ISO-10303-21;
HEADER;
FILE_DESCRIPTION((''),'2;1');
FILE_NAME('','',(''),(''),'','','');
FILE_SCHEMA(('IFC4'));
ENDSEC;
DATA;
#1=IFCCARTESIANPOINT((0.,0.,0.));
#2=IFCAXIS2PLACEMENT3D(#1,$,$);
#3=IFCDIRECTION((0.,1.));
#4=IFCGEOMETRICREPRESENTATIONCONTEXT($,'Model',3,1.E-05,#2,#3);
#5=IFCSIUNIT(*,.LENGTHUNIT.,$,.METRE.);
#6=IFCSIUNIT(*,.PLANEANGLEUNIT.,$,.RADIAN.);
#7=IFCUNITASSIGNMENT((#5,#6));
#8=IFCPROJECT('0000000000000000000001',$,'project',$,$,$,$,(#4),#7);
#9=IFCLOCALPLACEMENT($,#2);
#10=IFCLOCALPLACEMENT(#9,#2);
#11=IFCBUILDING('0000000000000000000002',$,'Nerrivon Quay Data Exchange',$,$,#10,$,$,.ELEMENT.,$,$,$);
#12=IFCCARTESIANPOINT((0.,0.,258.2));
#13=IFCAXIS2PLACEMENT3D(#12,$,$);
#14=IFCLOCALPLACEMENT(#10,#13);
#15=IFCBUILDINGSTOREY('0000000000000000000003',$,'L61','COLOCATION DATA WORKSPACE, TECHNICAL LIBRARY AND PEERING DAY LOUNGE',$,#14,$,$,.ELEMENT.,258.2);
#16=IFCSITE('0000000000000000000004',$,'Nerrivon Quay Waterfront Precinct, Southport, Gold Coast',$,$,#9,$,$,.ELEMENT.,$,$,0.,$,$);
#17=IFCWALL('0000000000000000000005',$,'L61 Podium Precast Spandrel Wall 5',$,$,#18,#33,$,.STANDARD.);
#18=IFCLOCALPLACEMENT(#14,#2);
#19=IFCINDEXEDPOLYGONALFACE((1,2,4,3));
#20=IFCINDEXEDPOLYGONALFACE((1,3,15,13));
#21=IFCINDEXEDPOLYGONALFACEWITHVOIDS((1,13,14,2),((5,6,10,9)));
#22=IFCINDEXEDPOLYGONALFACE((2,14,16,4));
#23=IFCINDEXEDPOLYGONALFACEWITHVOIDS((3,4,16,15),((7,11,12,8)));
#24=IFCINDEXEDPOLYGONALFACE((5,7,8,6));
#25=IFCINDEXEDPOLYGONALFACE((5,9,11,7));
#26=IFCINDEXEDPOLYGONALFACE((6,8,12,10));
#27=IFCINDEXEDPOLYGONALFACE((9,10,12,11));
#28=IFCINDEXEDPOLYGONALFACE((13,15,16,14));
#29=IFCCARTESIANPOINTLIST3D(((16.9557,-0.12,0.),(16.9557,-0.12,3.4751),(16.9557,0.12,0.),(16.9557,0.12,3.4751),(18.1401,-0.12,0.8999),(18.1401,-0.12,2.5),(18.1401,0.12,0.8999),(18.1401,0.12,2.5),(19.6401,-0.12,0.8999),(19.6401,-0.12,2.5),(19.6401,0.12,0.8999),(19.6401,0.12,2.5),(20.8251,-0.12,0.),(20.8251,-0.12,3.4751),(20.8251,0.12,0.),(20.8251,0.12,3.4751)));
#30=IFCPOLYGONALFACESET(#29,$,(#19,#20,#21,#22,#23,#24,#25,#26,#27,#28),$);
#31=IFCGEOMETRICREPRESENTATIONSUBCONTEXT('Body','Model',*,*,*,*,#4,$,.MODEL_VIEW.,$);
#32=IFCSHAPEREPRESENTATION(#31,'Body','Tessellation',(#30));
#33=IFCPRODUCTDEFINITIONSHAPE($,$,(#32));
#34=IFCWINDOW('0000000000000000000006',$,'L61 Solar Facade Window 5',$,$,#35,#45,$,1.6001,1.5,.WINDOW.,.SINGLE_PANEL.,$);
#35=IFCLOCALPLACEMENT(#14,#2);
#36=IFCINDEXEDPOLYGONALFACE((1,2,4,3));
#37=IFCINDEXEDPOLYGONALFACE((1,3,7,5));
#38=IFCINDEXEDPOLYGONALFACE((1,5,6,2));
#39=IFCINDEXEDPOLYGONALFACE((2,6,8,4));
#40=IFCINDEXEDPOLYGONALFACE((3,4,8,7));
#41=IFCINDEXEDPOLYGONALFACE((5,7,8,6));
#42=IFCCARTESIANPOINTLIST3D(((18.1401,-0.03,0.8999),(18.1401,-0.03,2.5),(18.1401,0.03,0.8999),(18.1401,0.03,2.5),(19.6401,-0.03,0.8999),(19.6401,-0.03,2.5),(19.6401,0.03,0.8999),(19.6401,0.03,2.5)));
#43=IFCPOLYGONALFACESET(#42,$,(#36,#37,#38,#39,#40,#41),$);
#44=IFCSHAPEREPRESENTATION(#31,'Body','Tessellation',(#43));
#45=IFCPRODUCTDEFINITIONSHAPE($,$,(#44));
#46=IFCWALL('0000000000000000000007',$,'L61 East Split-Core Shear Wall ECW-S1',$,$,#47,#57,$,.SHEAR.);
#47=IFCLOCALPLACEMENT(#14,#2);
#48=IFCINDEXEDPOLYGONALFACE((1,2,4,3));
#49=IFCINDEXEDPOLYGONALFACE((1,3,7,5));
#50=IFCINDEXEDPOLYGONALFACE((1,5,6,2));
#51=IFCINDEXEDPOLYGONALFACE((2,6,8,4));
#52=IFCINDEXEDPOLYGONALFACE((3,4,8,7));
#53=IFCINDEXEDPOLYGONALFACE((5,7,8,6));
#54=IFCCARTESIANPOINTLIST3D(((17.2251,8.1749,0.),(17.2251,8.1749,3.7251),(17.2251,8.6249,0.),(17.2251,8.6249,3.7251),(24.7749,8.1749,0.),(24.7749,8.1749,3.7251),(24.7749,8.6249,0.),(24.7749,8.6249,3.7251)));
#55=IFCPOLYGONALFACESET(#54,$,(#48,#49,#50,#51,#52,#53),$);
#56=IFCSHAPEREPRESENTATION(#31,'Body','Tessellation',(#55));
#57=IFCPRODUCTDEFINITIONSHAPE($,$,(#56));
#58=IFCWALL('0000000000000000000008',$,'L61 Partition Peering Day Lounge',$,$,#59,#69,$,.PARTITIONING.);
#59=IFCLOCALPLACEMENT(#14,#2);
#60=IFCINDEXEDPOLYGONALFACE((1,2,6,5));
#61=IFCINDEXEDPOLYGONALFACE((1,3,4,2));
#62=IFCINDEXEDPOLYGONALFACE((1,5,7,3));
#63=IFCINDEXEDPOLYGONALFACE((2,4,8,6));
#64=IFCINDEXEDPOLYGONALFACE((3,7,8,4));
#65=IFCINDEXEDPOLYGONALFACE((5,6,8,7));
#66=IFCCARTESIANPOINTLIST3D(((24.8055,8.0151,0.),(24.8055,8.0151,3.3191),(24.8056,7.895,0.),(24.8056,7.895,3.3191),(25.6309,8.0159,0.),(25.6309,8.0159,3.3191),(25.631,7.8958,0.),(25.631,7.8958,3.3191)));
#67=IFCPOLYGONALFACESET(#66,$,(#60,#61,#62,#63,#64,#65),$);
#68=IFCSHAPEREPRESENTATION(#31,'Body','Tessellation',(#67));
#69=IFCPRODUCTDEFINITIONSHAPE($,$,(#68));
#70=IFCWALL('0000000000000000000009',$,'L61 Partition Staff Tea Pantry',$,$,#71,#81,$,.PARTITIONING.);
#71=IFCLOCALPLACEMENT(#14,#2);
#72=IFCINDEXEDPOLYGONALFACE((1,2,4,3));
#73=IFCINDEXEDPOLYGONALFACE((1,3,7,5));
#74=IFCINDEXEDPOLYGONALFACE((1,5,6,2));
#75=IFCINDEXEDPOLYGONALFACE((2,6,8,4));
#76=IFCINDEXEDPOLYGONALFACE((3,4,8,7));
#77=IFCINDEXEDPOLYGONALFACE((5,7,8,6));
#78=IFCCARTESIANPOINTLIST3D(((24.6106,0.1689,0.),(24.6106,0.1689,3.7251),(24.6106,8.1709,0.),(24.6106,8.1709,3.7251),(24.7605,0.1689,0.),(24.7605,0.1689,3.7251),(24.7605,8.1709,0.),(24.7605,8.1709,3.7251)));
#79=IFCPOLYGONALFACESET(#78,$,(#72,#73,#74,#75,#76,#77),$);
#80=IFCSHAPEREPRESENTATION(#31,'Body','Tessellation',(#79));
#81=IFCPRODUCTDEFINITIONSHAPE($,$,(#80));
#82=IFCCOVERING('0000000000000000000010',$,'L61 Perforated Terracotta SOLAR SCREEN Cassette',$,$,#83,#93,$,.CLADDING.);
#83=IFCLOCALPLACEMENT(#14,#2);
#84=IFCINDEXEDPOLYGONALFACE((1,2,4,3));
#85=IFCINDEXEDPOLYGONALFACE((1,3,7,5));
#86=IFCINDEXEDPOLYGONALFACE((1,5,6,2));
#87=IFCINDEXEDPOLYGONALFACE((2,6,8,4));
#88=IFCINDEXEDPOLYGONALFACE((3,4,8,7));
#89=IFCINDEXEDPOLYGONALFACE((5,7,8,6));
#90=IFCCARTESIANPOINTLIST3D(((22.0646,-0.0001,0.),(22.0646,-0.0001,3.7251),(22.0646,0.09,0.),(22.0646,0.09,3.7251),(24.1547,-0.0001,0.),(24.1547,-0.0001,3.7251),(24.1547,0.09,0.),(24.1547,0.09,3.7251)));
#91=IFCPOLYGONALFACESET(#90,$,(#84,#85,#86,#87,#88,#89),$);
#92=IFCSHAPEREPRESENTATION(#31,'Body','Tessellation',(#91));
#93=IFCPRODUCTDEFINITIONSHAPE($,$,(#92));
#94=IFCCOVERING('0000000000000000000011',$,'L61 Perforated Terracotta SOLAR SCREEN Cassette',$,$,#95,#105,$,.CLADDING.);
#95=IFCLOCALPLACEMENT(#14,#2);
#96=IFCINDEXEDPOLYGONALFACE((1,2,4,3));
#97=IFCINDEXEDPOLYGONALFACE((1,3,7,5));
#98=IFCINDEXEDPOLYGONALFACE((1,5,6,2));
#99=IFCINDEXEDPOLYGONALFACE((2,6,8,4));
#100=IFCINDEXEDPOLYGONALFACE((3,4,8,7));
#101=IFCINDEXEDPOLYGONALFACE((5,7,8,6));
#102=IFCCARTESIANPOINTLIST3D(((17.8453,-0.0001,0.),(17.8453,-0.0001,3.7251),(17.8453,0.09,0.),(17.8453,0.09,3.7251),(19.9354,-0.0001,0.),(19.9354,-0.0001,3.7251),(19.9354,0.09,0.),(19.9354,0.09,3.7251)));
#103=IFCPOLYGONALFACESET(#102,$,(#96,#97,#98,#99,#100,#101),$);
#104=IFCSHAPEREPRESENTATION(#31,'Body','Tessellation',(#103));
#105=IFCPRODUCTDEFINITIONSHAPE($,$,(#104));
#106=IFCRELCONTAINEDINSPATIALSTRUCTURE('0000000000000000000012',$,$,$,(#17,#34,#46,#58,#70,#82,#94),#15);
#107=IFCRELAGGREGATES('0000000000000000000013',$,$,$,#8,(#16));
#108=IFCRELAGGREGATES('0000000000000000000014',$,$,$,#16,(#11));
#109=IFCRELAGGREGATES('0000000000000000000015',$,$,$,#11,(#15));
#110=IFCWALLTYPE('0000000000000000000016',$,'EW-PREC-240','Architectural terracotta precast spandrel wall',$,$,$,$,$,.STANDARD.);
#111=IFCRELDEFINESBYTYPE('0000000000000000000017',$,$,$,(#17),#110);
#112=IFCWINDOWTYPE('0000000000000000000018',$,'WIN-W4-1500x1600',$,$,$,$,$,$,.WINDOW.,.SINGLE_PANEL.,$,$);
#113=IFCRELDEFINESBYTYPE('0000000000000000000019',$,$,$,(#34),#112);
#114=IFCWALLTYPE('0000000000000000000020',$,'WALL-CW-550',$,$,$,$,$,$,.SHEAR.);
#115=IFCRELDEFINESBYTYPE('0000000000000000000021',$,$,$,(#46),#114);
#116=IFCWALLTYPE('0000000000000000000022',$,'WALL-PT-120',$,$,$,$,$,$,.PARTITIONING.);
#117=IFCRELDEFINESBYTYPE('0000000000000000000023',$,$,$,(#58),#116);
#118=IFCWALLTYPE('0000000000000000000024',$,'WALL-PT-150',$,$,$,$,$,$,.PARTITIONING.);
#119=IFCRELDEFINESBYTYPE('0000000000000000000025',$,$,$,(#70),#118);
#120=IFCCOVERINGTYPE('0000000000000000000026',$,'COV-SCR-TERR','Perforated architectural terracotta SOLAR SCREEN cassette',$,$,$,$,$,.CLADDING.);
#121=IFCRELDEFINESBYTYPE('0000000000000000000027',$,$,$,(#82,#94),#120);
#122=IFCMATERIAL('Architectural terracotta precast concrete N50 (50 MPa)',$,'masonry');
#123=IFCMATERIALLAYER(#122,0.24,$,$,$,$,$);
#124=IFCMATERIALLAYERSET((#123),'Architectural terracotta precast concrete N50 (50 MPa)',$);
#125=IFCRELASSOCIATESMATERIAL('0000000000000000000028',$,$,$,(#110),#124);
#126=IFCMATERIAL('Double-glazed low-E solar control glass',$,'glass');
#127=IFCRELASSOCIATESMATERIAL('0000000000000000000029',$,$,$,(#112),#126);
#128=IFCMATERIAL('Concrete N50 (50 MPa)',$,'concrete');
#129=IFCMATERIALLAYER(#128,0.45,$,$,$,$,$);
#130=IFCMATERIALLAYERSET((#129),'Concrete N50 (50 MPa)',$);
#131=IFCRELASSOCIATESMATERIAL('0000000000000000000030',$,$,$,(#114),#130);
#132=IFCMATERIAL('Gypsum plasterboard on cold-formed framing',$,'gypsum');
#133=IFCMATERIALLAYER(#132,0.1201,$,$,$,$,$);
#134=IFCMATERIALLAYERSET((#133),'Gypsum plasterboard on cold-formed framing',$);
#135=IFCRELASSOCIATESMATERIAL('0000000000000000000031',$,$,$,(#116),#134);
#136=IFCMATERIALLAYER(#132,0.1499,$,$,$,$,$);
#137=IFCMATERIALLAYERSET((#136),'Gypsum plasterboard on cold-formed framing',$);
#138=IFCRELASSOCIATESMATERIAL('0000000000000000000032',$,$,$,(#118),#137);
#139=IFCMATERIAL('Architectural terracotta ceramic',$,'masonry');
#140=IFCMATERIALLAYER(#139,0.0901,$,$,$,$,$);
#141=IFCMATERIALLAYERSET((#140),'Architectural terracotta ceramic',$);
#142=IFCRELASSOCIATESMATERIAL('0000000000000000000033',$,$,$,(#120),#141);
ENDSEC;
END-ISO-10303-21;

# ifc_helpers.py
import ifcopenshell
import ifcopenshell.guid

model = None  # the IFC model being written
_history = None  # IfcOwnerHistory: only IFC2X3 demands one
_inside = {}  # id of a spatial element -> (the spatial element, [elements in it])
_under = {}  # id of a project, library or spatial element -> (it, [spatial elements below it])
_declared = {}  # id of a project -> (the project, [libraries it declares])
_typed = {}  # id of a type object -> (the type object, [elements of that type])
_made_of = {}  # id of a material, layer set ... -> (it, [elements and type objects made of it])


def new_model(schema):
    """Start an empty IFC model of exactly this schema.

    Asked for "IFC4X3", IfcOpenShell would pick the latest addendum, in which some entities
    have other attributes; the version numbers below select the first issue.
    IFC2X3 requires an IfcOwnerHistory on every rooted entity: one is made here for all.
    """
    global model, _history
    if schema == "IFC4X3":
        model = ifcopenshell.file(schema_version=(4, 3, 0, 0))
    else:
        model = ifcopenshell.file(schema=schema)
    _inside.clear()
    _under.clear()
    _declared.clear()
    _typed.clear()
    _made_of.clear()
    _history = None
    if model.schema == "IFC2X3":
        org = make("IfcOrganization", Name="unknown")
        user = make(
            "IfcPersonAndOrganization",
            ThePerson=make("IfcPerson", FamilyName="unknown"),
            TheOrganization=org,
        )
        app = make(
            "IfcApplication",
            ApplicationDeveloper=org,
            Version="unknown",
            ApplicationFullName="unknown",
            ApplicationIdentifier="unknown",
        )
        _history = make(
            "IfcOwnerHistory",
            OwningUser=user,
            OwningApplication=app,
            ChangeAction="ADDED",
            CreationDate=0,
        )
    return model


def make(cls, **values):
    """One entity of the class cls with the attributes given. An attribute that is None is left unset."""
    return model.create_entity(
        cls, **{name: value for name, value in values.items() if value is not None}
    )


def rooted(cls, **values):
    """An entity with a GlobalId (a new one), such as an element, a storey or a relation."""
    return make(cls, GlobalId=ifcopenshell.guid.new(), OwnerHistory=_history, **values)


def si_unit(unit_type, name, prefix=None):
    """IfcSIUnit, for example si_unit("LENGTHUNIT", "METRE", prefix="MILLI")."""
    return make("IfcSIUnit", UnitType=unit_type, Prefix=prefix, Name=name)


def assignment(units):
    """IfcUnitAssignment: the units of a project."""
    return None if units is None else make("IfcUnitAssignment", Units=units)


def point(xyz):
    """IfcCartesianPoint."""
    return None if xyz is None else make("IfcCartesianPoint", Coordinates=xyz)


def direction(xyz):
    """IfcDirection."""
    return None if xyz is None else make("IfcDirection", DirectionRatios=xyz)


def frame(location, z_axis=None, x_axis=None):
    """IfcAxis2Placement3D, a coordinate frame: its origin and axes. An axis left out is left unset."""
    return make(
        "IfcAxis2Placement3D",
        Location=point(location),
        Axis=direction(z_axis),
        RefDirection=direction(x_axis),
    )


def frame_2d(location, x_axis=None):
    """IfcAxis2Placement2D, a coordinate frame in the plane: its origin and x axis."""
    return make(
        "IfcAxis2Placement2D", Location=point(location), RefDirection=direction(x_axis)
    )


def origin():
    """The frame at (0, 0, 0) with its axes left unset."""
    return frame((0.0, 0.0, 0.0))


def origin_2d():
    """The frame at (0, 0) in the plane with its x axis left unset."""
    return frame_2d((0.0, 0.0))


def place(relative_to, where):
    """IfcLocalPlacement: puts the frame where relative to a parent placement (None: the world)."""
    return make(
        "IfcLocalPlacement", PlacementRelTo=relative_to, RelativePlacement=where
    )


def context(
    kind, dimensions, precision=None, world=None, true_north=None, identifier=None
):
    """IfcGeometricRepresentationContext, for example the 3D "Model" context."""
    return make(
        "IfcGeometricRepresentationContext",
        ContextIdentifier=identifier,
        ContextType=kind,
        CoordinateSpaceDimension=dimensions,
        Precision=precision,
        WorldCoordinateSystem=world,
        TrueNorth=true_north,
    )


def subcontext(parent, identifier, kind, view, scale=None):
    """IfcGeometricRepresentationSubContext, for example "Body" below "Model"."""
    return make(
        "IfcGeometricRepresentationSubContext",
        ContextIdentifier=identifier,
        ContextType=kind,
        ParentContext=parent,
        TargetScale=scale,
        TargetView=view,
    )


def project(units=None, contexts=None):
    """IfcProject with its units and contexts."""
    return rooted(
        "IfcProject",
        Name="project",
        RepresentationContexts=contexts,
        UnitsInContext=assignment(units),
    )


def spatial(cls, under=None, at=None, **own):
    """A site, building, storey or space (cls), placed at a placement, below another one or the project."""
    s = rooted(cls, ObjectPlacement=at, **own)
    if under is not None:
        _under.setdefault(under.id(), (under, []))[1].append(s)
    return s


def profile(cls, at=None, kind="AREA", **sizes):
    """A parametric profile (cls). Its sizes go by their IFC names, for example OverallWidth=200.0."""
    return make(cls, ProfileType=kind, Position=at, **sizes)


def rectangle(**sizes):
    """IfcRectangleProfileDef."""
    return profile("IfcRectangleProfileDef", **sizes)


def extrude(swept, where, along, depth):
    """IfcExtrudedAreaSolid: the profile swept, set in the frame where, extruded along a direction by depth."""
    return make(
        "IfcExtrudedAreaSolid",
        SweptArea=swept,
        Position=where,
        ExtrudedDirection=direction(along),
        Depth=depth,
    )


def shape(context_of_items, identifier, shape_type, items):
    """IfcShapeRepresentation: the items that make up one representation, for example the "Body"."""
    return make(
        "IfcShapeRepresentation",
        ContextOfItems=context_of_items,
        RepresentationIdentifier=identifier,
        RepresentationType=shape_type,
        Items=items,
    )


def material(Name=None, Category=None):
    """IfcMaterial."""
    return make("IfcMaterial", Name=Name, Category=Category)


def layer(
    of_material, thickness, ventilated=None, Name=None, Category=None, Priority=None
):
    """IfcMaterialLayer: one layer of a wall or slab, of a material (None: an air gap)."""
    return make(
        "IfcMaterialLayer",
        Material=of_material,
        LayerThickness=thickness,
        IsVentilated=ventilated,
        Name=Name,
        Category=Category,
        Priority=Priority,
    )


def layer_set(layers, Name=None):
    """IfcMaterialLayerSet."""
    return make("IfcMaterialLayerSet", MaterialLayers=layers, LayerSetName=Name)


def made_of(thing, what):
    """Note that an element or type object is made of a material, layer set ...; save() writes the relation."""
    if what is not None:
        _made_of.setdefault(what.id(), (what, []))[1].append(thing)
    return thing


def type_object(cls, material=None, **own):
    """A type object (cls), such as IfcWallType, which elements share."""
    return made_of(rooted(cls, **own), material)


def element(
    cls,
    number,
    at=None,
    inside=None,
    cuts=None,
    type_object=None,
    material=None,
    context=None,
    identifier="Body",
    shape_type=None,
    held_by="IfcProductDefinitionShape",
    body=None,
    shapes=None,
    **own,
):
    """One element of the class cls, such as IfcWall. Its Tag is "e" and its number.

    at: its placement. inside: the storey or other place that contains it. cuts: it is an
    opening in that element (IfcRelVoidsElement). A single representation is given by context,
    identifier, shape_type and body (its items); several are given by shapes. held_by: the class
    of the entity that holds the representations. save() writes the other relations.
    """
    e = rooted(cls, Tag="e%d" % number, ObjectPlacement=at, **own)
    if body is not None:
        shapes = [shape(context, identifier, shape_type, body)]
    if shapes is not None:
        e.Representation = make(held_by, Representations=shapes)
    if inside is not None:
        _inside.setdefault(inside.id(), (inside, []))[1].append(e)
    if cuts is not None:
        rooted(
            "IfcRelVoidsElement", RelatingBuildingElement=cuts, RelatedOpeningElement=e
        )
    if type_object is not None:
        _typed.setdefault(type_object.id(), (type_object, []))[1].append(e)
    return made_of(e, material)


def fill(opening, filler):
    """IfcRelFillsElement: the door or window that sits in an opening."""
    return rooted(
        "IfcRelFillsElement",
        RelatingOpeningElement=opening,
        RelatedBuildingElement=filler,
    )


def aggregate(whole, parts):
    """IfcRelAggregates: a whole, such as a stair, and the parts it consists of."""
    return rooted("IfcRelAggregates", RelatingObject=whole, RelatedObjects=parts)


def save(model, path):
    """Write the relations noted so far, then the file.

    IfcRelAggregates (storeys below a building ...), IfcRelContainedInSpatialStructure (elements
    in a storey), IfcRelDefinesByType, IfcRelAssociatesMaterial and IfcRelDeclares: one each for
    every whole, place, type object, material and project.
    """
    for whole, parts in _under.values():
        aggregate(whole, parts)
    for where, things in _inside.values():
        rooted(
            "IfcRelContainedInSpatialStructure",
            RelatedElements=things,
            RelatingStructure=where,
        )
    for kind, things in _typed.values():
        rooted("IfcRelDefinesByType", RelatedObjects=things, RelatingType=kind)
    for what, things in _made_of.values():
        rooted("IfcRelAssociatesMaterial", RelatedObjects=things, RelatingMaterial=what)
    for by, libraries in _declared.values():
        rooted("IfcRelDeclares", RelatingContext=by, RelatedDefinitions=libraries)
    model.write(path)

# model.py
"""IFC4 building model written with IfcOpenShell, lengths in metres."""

from ifc_helpers import new_model, si_unit, direction, frame, frame_2d, origin, origin_2d, place, context, subcontext, project, spatial, rectangle, extrude, material, layer, layer_set, type_object, element, fill, save


model = new_model("IFC4")

# Units and contexts
model_context = context("Model", 3, precision=1e-05, world=origin(), true_north=direction((0.0, 1.0)))
body_context = subcontext(model_context, "Body", "Model", "MODEL_VIEW")
ifc_project = project(units=[si_unit("LENGTHUNIT", "METRE"), si_unit("PLANEANGLEUNIT", "RADIAN")], contexts=[model_context])

# Site, building, storey
site_placement = place(None, origin())
site = spatial("IfcSite", under=ifc_project, at=site_placement, Name="Nerrivon Quay Waterfront Precinct, Southport, Gold Coast", CompositionType="ELEMENT", RefElevation=0.0)
building_placement = place(site_placement, origin())
building = spatial("IfcBuilding", under=site, at=building_placement, Name="Nerrivon Quay Data Exchange", CompositionType="ELEMENT")
storey_placement = place(building_placement, frame((0.0, 0.0, 258.2)))
storey = spatial("IfcBuildingStorey", under=building, at=storey_placement, Name="L61", Description="COLOCATION DATA WORKSPACE, TECHNICAL LIBRARY AND PEERING DAY LOUNGE", CompositionType="ELEMENT", Elevation=258.2)

# Shared definitions
ifc_material_1 = material(Name="Concrete N50 (50 MPa)", Category="concrete")

# Shared definitions
ifc_material_2 = material(Name="Double-glazed low-E solar control glass", Category="glass")

# Wall, opening, window
ifc_material_3 = material(Name="Architectural terracotta precast concrete N50 (50 MPa)", Category="masonry")
ifc_layer_1 = layer(ifc_material_3, 0.24)
ifc_layer_set_1 = layer_set([ifc_layer_1], Name="Architectural terracotta precast concrete N50 (50 MPa)")
wall_type_1 = type_object("IfcWallType", Name="EW-PREC-240", Description="Architectural terracotta precast spandrel wall", PredefinedType="STANDARD", material=ifc_layer_set_1)
wall_1_placement = place(storey_placement, frame((20.825, 0.0, 0.0), z_axis=(0.0, 0.0, 1.0), x_axis=(-1.0, 0.0, 0.0)))
wall_1 = element("IfcWall", 1, at=wall_1_placement, inside=storey, type_object=wall_type_1, Name="L61 Podium Precast Spandrel Wall 5", PredefinedType="STANDARD", context=body_context, shape_type="SweptSolid", body=[
    extrude(rectangle(XDim=3.8694, YDim=0.24, at=frame_2d((1.9346, 0.0))), origin(), (0.0, 0.0, 1.0), 3.4751),
])
opening_1_placement = place(wall_1_placement, frame((1.1848, 0.0, 0.8999)))
opening_1 = element("IfcOpeningElement", 2, at=opening_1_placement, cuts=wall_1, PredefinedType="OPENING", context=body_context, shape_type="SweptSolid", body=[
    extrude(rectangle(XDim=1.5, YDim=1.6001, at=frame_2d((0.75, 0.8))), frame((0.0, 0.1299, 0.0), z_axis=(0.0, -1.0, 0.0), x_axis=(1.0, 0.0, 0.0)), (0.0, 0.0, 1.0), 0.26),
])
window_type = type_object("IfcWindowType", Name="WIN-W4-1500x1600", PartitioningType="SINGLE_PANEL", PredefinedType="WINDOW", material=ifc_material_2)
window_placement = place(opening_1_placement, origin())
window = element("IfcWindow", 3, at=window_placement, inside=storey, type_object=window_type, Name="L61 Solar Facade Window 5", OverallHeight=1.6001, OverallWidth=1.5, PartitioningType="SINGLE_PANEL", PredefinedType="WINDOW", context=body_context, shape_type="SweptSolid", body=[
    extrude(rectangle(XDim=1.5, YDim=1.6001, at=frame_2d((0.75, 0.8))), frame((0.0, 0.03, 0.0), z_axis=(0.0, -1.0, 0.0), x_axis=(1.0, 0.0, 0.0)), (0.0, 0.0, 1.0), 0.0601),
])
fill(opening_1, window)

# Wall
ifc_layer_2 = layer(ifc_material_1, 0.45)
ifc_layer_set_2 = layer_set([ifc_layer_2], Name="Concrete N50 (50 MPa)")
wall_type_2 = type_object("IfcWallType", Name="WALL-CW-550", PredefinedType="SHEAR", material=ifc_layer_set_2)
wall_2_placement = place(storey_placement, frame((17.2251, 8.3999, 0.0), z_axis=(0.0, 0.0, 1.0), x_axis=(1.0, 0.0, 0.0)))
element("IfcWall", 4, at=wall_2_placement, inside=storey, type_object=wall_type_2, Name="L61 East Split-Core Shear Wall ECW-S1", PredefinedType="SHEAR", context=body_context, shape_type="SweptSolid", body=[
    extrude(rectangle(XDim=7.5498, YDim=0.45, at=frame_2d((3.7749, 0.0))), origin(), (0.0, 0.0, 1.0), 3.7251),
])

# Shared definitions
ifc_material_4 = material(Name="Gypsum plasterboard on cold-formed framing", Category="gypsum")
ifc_layer_3 = layer(ifc_material_4, 0.1201)
ifc_layer_set_3 = layer_set([ifc_layer_3], Name="Gypsum plasterboard on cold-formed framing")
wall_type_3 = type_object("IfcWallType", Name="WALL-PT-120", PredefinedType="PARTITIONING", material=ifc_layer_set_3)

# Walls
wall_3_placement = place(storey_placement, frame((25.6309, 7.9558, 0.0), z_axis=(0.0, 0.0, 1.0), x_axis=(-1.0, -0.000887, 0.0)))
element("IfcWall", 5, at=wall_3_placement, inside=storey, type_object=wall_type_3, Name="L61 Partition Peering Day Lounge", PredefinedType="PARTITIONING", context=body_context, shape_type="SweptSolid", body=[
    extrude(rectangle(XDim=0.8254, YDim=0.1201, at=frame_2d((0.4126, 0.0))), origin(), (0.0, 0.0, 1.0), 3.3191),
])
ifc_layer_4 = layer(ifc_material_4, 0.1499)
ifc_layer_set_4 = layer_set([ifc_layer_4], Name="Gypsum plasterboard on cold-formed framing")
wall_type_4 = type_object("IfcWallType", Name="WALL-PT-150", PredefinedType="PARTITIONING", material=ifc_layer_set_4)
wall_4_placement = place(storey_placement, frame((24.6855, 0.1689, 0.0), z_axis=(0.0, 0.0, 1.0), x_axis=(0.0, 1.0, 0.0)))
element("IfcWall", 6, at=wall_4_placement, inside=storey, type_object=wall_type_4, Name="L61 Partition Staff Tea Pantry", PredefinedType="PARTITIONING", context=body_context, shape_type="SweptSolid", body=[
    extrude(rectangle(XDim=8.002, YDim=0.1499, at=frame_2d((4.001, 0.0))), origin(), (0.0, 0.0, 1.0), 3.7251),
])

# Coverings
ifc_material_5 = material(Name="Architectural terracotta ceramic", Category="masonry")
ifc_layer_5 = layer(ifc_material_5, 0.0901)
ifc_layer_set_5 = layer_set([ifc_layer_5], Name="Architectural terracotta ceramic")
covering_type = type_object("IfcCoveringType", Name="COV-SCR-TERR", Description="Perforated architectural terracotta SOLAR SCREEN cassette", PredefinedType="CLADDING", material=ifc_layer_set_5)
for number, where, z_axis, x_axis, name in (
    (7, (23.1096, 0.0449, 0.0), (0.0, 0.0, 1.0), (-1.0, 0.0, 0.0), "L61 Perforated Terracotta SOLAR SCREEN Cassette"),
    (8, (18.8904, 0.0449, 0.0), (0.0, 0.0, 1.0), (-1.0, 0.0, 0.0), "L61 Perforated Terracotta SOLAR SCREEN Cassette"),
):
    element("IfcCovering", number, at=place(storey_placement, frame(where, z_axis=z_axis, x_axis=x_axis)), inside=storey, type_object=covering_type, Name=name, PredefinedType="CLADDING", context=body_context, shape_type="SweptSolid", body=[
        extrude(rectangle(XDim=2.0901, YDim=0.0901, at=origin_2d()), origin(), (0.0, 0.0, 1.0), 3.7251),
    ])

save(model, "model.ifc")
